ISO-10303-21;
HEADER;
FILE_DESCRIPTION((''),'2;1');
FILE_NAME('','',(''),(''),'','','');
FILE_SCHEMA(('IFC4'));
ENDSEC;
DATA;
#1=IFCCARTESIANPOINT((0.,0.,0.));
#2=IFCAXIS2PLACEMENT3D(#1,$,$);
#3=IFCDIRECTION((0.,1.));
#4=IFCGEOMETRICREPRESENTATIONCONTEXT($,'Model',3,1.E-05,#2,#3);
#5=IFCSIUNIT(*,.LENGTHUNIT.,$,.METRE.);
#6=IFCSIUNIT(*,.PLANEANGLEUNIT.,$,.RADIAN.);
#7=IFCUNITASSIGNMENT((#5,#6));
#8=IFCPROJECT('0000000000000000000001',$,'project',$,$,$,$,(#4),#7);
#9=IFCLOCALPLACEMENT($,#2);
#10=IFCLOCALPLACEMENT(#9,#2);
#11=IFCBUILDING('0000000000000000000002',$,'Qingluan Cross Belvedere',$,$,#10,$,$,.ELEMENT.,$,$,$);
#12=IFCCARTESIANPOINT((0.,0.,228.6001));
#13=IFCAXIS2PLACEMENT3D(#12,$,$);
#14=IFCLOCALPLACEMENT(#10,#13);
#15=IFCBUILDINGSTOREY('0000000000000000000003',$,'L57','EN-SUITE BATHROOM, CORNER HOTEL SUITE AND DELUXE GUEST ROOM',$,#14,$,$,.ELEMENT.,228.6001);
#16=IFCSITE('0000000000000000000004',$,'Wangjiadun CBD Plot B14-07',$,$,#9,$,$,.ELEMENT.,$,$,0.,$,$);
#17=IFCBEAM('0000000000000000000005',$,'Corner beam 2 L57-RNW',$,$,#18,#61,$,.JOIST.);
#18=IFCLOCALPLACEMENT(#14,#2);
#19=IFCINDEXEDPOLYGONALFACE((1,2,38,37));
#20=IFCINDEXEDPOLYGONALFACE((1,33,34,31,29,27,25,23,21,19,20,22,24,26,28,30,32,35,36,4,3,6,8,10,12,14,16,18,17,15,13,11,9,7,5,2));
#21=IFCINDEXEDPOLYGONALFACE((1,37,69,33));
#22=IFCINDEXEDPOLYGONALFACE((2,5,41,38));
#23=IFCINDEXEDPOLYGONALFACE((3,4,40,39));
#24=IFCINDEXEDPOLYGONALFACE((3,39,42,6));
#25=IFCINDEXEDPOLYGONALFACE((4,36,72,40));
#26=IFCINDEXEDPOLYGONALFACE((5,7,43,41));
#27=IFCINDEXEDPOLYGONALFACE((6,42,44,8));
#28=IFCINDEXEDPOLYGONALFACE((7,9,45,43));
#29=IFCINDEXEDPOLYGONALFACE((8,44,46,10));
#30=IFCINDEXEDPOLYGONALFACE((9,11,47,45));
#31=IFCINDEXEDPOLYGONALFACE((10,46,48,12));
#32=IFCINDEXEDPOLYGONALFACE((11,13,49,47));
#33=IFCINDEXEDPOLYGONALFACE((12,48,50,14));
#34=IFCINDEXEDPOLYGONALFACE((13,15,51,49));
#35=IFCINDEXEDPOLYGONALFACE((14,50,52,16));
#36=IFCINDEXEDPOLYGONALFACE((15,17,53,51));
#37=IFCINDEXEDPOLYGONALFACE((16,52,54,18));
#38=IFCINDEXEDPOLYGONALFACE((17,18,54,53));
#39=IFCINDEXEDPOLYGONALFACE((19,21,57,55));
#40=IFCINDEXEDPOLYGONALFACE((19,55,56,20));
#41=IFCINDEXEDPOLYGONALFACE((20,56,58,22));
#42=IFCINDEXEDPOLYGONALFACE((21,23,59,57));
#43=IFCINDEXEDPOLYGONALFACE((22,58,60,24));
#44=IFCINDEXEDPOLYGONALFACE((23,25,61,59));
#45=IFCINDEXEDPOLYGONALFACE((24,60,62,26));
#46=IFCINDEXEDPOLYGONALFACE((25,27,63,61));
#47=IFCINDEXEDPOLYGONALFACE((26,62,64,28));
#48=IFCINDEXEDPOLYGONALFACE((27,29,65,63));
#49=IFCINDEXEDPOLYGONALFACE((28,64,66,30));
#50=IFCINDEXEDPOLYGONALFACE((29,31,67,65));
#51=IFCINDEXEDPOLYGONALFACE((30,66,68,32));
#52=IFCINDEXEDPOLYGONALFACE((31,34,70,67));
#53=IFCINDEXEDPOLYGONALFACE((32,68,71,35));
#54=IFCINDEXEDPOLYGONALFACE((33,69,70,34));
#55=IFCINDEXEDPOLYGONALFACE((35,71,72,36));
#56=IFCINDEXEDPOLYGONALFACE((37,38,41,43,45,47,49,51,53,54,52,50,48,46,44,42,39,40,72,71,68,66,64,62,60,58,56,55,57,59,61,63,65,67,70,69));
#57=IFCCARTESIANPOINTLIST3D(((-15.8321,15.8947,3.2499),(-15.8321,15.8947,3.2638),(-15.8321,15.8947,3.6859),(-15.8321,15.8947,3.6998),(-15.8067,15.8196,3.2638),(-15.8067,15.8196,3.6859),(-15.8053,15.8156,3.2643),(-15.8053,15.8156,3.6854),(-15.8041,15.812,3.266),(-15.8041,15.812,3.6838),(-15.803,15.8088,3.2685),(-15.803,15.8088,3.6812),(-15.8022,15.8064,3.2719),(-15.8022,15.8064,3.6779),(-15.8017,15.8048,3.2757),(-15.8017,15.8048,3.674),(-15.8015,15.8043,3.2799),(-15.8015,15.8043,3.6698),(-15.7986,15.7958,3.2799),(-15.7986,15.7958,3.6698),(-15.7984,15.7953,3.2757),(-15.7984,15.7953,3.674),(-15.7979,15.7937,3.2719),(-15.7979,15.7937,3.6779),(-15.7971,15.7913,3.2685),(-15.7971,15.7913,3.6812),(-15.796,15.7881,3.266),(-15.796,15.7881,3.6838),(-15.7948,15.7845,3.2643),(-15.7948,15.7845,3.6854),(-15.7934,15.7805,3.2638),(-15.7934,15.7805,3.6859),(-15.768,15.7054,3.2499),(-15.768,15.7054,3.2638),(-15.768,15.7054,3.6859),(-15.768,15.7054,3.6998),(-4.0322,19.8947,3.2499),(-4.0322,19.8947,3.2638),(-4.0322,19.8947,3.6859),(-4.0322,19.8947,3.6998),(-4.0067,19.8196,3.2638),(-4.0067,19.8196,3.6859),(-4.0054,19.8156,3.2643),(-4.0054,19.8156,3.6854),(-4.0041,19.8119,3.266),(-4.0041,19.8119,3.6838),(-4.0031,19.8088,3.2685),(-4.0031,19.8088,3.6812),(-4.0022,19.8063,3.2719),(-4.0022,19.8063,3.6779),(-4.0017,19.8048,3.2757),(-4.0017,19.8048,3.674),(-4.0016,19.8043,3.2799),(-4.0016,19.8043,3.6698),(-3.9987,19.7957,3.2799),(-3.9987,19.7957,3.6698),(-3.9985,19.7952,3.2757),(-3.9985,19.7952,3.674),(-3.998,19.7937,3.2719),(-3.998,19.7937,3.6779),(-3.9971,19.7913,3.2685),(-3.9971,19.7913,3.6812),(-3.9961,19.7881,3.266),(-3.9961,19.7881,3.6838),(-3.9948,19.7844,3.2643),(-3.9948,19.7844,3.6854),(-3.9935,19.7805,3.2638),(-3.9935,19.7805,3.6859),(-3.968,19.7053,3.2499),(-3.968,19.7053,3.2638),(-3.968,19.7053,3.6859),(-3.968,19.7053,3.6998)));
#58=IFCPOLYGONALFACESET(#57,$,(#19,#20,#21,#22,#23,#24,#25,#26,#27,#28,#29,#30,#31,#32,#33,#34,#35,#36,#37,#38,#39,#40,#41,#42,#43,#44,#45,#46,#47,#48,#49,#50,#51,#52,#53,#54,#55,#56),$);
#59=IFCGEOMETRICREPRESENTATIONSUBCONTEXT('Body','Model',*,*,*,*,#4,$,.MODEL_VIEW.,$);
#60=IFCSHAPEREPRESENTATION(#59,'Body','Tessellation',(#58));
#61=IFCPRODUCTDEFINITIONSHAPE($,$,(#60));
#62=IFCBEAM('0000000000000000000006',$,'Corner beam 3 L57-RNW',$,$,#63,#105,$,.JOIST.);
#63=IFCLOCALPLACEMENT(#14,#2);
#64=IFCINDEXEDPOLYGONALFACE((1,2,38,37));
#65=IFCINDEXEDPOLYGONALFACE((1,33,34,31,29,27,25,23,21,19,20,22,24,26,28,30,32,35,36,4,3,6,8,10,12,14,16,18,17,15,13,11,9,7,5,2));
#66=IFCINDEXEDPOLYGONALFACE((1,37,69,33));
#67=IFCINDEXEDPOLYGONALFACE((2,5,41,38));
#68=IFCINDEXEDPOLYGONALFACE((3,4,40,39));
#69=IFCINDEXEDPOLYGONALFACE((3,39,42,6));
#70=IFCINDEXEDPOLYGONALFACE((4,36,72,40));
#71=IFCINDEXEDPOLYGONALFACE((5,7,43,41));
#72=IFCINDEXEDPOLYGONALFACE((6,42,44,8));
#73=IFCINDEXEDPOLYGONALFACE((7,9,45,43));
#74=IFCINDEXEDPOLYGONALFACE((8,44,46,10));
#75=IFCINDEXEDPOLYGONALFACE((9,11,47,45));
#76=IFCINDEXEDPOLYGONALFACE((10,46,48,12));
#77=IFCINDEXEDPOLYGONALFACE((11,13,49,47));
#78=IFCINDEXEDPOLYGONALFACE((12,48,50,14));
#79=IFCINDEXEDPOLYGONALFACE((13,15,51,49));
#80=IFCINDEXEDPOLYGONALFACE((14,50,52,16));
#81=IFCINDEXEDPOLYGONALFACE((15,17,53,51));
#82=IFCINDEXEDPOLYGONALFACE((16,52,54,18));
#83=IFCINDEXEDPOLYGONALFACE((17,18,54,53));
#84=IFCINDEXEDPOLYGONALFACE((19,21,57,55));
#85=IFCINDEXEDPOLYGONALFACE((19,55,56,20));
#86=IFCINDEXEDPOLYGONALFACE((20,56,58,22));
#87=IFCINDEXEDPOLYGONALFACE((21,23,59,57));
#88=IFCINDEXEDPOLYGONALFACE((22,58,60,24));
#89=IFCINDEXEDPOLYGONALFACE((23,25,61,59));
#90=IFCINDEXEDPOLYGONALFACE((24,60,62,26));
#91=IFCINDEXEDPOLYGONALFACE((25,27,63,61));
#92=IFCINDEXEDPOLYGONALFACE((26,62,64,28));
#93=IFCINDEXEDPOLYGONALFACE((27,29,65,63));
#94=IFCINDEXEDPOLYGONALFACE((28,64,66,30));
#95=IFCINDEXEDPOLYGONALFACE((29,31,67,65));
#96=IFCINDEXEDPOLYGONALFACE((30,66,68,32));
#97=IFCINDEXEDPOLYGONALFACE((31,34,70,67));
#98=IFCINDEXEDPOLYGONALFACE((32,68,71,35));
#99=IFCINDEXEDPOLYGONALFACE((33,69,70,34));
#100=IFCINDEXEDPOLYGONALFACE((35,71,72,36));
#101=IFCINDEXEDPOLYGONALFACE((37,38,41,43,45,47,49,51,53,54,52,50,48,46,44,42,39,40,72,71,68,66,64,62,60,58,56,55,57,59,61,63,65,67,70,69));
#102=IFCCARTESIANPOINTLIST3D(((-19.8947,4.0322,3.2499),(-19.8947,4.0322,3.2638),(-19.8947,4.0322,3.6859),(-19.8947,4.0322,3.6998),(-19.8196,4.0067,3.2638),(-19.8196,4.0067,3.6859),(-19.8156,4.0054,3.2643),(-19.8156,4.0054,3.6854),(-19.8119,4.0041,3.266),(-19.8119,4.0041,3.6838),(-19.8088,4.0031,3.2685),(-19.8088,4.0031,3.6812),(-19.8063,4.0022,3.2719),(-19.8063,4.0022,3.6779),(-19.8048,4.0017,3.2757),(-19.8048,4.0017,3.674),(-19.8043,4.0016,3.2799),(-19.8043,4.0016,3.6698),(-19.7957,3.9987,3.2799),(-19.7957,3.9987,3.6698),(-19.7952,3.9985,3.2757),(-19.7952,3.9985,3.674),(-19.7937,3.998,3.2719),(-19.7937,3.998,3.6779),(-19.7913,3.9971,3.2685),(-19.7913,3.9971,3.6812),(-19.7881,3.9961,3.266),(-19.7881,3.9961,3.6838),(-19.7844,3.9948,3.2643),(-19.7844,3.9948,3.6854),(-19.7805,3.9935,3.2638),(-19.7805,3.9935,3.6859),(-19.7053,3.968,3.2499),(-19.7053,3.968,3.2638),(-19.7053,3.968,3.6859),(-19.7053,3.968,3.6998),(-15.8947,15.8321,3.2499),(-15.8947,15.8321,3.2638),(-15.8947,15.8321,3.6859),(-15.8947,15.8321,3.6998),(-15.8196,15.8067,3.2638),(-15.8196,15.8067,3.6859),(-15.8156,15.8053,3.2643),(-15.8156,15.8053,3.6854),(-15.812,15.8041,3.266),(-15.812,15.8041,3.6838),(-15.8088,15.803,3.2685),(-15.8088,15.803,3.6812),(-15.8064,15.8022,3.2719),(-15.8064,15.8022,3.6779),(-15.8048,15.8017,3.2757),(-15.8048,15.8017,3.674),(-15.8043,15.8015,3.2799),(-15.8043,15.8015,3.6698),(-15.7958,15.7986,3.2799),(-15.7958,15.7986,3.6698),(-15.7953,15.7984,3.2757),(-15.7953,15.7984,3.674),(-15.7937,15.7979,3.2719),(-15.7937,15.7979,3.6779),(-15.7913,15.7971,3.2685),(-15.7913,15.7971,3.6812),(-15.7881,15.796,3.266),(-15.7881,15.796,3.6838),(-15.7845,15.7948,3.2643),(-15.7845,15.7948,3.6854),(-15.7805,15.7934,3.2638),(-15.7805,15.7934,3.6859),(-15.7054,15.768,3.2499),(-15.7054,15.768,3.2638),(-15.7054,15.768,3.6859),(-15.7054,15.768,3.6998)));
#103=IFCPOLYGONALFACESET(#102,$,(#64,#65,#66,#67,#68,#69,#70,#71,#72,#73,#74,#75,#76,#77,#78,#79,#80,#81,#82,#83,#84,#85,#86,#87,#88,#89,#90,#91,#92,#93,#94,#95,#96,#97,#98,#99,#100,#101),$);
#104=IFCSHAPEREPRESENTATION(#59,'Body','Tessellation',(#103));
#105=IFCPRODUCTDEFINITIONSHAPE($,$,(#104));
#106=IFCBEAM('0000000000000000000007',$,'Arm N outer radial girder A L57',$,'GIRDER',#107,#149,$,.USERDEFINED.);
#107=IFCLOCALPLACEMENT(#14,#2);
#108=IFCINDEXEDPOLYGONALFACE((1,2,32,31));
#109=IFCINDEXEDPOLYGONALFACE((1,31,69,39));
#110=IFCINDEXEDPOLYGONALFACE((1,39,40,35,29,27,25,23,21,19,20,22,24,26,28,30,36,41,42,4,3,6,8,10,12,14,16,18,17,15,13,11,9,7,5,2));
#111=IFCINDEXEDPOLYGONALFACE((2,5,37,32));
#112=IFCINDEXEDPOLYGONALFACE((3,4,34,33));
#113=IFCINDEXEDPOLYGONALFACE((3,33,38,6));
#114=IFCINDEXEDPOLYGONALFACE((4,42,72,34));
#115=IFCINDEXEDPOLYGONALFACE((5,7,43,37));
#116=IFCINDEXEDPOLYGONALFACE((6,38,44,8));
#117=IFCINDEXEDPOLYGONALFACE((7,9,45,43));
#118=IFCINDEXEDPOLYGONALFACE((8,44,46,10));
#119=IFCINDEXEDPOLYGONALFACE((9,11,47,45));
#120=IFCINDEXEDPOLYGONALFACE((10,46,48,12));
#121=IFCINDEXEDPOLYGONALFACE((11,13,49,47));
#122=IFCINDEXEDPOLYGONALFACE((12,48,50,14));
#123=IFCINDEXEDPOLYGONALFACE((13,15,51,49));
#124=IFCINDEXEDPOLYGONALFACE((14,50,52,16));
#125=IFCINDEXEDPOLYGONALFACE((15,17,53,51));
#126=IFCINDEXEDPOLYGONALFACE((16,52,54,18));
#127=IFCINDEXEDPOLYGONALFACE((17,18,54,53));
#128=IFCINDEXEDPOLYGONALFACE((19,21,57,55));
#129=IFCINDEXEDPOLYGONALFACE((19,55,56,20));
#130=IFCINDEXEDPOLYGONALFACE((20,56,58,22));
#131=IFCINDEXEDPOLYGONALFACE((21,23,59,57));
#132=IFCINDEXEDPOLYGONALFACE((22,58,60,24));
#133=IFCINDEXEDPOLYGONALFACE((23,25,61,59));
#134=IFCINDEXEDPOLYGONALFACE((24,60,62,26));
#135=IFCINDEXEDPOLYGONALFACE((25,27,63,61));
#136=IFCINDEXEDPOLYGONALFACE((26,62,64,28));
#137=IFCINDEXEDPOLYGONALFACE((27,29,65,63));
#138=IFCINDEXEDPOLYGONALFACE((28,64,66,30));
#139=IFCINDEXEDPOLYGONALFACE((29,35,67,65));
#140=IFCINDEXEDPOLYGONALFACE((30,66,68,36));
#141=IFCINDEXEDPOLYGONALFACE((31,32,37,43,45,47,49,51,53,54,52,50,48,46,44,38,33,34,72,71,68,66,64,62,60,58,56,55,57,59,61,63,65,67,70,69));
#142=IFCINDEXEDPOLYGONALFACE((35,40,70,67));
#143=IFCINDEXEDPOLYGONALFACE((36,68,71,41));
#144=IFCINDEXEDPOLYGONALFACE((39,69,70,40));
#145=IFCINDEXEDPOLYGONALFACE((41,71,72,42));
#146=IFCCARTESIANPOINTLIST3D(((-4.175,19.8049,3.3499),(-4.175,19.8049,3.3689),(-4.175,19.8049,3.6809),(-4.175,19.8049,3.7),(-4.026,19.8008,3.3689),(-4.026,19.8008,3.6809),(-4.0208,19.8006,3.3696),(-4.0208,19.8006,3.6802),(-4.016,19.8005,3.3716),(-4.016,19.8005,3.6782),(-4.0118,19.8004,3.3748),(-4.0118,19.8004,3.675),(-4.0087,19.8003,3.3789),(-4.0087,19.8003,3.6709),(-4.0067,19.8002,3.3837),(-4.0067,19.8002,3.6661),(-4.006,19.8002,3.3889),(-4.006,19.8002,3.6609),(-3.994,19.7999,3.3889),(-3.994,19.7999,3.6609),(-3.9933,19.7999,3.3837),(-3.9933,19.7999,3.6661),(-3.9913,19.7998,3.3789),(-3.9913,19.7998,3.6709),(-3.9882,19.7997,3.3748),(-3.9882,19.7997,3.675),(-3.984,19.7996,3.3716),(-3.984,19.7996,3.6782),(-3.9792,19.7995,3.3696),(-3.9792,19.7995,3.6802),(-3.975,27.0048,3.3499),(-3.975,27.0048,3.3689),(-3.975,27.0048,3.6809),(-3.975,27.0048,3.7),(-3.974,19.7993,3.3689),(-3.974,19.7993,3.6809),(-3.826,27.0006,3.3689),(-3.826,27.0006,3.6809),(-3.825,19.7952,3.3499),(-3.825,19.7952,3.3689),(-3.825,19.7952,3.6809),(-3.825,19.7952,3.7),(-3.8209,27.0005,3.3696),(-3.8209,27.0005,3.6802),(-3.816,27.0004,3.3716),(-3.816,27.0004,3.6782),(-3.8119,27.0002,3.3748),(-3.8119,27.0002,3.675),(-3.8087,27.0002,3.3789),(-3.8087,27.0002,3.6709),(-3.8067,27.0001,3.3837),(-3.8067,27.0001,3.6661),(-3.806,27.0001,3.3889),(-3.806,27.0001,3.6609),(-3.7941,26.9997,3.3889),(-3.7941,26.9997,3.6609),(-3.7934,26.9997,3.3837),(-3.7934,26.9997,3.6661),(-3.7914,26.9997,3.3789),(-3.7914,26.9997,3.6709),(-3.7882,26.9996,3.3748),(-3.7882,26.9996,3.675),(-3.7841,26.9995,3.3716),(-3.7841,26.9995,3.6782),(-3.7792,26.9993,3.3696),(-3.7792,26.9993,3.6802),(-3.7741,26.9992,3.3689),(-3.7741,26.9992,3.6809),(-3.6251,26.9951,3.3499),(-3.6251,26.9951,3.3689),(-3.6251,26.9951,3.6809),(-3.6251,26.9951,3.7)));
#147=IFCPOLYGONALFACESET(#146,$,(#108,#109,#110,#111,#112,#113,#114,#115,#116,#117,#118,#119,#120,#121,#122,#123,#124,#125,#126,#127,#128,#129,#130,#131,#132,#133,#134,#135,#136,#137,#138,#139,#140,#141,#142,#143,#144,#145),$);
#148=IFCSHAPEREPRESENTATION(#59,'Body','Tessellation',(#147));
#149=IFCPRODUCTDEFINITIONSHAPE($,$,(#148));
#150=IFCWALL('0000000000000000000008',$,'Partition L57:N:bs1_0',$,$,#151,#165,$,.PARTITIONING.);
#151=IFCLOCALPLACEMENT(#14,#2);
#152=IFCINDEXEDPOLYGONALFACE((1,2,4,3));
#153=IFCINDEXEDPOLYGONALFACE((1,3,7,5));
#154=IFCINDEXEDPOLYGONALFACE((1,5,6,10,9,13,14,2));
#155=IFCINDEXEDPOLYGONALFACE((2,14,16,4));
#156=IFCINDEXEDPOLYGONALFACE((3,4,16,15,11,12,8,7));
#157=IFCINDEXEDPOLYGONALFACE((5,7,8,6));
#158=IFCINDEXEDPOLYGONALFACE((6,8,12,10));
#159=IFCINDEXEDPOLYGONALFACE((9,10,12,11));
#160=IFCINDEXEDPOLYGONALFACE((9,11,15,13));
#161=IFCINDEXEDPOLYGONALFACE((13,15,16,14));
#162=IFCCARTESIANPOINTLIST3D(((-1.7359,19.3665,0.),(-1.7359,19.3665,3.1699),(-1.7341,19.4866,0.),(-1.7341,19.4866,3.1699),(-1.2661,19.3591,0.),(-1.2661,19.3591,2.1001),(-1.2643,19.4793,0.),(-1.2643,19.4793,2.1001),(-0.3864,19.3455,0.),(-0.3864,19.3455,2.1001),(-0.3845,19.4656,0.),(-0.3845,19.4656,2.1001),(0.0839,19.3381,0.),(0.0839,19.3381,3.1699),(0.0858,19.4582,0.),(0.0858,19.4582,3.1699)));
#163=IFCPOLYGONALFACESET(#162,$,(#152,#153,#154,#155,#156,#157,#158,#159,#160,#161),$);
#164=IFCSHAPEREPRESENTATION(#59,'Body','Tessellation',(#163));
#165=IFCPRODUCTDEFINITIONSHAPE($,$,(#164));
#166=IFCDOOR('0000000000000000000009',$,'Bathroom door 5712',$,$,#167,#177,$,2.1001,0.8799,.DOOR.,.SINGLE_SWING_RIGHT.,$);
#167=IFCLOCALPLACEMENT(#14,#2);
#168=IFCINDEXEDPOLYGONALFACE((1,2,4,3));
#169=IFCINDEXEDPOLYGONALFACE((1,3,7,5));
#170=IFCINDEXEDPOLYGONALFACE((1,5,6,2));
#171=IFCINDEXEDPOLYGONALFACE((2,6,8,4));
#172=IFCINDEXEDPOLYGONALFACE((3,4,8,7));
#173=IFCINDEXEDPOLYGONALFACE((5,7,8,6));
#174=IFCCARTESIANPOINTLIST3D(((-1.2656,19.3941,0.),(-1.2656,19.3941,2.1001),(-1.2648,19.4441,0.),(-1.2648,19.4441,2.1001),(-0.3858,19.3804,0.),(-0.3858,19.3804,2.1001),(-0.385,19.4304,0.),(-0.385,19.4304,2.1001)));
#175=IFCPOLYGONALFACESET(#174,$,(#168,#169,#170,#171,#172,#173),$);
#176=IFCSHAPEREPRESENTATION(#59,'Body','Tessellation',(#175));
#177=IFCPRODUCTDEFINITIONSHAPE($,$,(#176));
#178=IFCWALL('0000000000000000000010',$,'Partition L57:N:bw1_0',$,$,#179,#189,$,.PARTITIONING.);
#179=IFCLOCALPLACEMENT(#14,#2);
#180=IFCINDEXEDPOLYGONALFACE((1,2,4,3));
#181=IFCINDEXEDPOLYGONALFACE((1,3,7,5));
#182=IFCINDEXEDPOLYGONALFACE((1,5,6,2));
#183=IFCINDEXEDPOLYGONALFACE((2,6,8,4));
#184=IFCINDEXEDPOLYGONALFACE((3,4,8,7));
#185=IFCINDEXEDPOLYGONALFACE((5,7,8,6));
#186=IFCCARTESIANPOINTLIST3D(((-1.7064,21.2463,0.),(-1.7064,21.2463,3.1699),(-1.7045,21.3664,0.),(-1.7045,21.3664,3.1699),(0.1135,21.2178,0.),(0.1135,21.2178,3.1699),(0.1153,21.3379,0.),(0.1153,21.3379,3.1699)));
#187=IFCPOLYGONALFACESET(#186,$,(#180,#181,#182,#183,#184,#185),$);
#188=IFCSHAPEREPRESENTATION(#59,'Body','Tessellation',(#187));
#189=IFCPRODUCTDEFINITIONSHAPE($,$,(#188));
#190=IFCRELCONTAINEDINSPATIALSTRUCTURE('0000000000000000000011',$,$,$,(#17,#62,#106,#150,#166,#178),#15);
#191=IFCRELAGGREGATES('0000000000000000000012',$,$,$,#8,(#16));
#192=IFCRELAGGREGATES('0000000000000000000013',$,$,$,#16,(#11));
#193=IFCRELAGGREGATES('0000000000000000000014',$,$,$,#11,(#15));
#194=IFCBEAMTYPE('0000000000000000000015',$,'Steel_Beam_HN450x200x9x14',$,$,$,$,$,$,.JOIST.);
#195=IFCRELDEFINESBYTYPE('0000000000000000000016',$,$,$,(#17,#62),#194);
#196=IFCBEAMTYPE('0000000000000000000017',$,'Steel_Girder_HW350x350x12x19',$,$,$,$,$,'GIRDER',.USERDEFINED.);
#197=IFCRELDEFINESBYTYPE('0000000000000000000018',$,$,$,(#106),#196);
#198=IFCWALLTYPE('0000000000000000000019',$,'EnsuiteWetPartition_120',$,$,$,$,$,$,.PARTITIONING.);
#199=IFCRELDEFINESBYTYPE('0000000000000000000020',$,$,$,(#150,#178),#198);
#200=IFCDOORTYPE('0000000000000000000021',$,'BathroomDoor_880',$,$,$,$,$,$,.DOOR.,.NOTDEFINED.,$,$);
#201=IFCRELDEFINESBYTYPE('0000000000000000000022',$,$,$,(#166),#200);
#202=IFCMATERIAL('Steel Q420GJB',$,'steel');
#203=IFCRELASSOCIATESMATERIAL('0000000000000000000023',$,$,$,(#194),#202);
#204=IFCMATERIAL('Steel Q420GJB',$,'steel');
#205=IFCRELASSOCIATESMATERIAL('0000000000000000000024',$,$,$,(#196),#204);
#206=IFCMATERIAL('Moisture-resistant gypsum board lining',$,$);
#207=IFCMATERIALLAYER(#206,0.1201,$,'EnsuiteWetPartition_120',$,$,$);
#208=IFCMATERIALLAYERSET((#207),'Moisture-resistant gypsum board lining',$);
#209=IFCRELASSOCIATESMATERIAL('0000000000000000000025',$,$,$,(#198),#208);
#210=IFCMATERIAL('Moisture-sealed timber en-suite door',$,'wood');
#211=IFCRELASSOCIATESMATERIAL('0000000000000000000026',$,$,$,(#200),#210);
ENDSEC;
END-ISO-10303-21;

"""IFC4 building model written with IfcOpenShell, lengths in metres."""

from ifc_helpers import new_model, si_unit, direction, frame, frame_2d, origin, origin_2d, place, context, subcontext, project, spatial, rectangle, i_section, extrude, material, layer, layer_set, material_profile, profile_set, type_object, element, fill, save


model = new_model("IFC4")

# Units and contexts
model_context = context("Model", 3, precision=1e-05, world=origin(), true_north=direction((0.0, 1.0)))
body_context = subcontext(model_context, "Body", "Model", "MODEL_VIEW")
ifc_project = project(units=[si_unit("LENGTHUNIT", "METRE"), si_unit("PLANEANGLEUNIT", "RADIAN")], contexts=[model_context])

# Site, building, storey
site_placement = place(None, origin())
site = spatial("IfcSite", under=ifc_project, at=site_placement, Name="Wangjiadun CBD Plot B14-07", CompositionType="ELEMENT", RefElevation=0.0)
building_placement = place(site_placement, origin())
building = spatial("IfcBuilding", under=site, at=building_placement, Name="Qingluan Cross Belvedere", CompositionType="ELEMENT")
storey_placement = place(building_placement, frame((0.0, 0.0, 228.6001)))
storey = spatial("IfcBuildingStorey", under=building, at=storey_placement, Name="L57", Description="EN-SUITE BATHROOM, CORNER HOTEL SUITE AND DELUXE GUEST ROOM", CompositionType="ELEMENT", Elevation=228.6001)

# Beams
ifc_material_1 = material(Name="Steel Q420GJB", Category="steel")
ifc_material_profile_1 = material_profile(ifc_material_1, i_section(OverallWidth=0.2, OverallDepth=0.45, WebThickness=0.009, FlangeThickness=0.0139, FilletRadius=0.0161, at=origin_2d()), Name="HN450x200x9x14")
ifc_profile_set_1 = profile_set([ifc_material_profile_1], Name="Steel Q420GJB")
beam_type_1 = type_object("IfcBeamType", Name="Steel_Beam_HN450x200x9x14", PredefinedType="JOIST", material=ifc_profile_set_1)
for number, where, z_axis, x_axis, name in (
    (1, (-15.8, 15.8, 3.4749), (0.947066, 0.321038, 0.0), (-0.321038, 0.947066, 0.0), "Corner beam 2 L57-RNW"),
    (2, (-15.8, 15.8, 3.4749), (-0.321038, -0.947066, 0.0), (0.947066, -0.321038, 0.0), "Corner beam 3 L57-RNW"),
):
    element("IfcBeam", number, at=place(storey_placement, frame(where, z_axis=z_axis, x_axis=x_axis)), inside=storey, type_object=beam_type_1, Name=name, PredefinedType="JOIST", context=body_context, shape_type="SweptSolid", body=[
        extrude(i_section(OverallWidth=0.2, OverallDepth=0.45, WebThickness=0.009, FlangeThickness=0.0139, FilletRadius=0.0161, at=origin_2d()), origin(), (0.0, 0.0, 1.0), 12.4595),
    ])
ifc_material_2 = material(Name="Steel Q420GJB", Category="steel")
ifc_material_profile_2 = material_profile(ifc_material_2, i_section(OverallWidth=0.3501, OverallDepth=0.3501, WebThickness=0.012, FlangeThickness=0.019, FilletRadius=0.02, at=origin_2d()), Name="HW350x350x12x19")
ifc_profile_set_2 = profile_set([ifc_material_profile_2], Name="Steel Q420GJB")
beam_type_2 = type_object("IfcBeamType", Name="Steel_Girder_HW350x350x12x19", ElementType="GIRDER", PredefinedType="USERDEFINED", material=ifc_profile_set_2)
beam_1_placement = place(storey_placement, frame((-4.0, 19.8, 3.5249), z_axis=(0.02776, 0.999615, 0.0), x_axis=(-0.999615, 0.02776, 0.0)))
element("IfcBeam", 3, at=beam_1_placement, inside=storey, type_object=beam_type_2, Name="Arm N outer radial girder A L57", ObjectType="GIRDER", PredefinedType="USERDEFINED", context=body_context, shape_type="SweptSolid", body=[
    extrude(i_section(OverallWidth=0.3501, OverallDepth=0.3501, WebThickness=0.012, FlangeThickness=0.019, FilletRadius=0.02, at=origin_2d()), origin(), (0.0, 0.0, 1.0), 7.2026),
])

# Wall, opening, door
ifc_material_3 = material(Name="Moisture-resistant gypsum board lining")
ifc_layer_1 = layer(ifc_material_3, 0.1201, Name="EnsuiteWetPartition_120")
ifc_layer_set_1 = layer_set([ifc_layer_1], Name="Moisture-resistant gypsum board lining")
wall_type_1 = type_object("IfcWallType", Name="EnsuiteWetPartition_120", PredefinedType="PARTITIONING", material=ifc_layer_set_1)
wall_1_placement = place(storey_placement, frame((-1.7351, 19.4265, 0.0), z_axis=(0.0, 0.0, 1.0), x_axis=(0.999879, -0.01556, 0.0)))
wall_1 = element("IfcWall", 4, at=wall_1_placement, inside=storey, type_object=wall_type_1, Name="Partition L57:N:bs1_0", PredefinedType="PARTITIONING", context=body_context, shape_type="SweptSolid", body=[
    extrude(rectangle(XDim=1.8201, YDim=0.1201, at=frame_2d((0.9102, 0.0))), origin(), (0.0, 0.0, 1.0), 3.1699),
])
opening_1_placement = place(wall_1_placement, frame((0.47, 0.0, 0.0)))
opening_1 = element("IfcOpeningElement", 5, at=opening_1_placement, cuts=wall_1, PredefinedType="OPENING", context=body_context, shape_type="SweptSolid", body=[
    extrude(rectangle(XDim=0.8799, YDim=2.1001, at=frame_2d((0.4399, 1.05))), frame((0.0, 0.0701, 0.0), z_axis=(0.0, -1.0, 0.0), x_axis=(1.0, 0.0, 0.0)), (0.0, 0.0, 1.0), 0.1401),
])
ifc_material_4 = material(Name="Moisture-sealed timber en-suite door", Category="wood")
door_type = type_object("IfcDoorType", Name="BathroomDoor_880", OperationType="NOTDEFINED", PredefinedType="DOOR", material=ifc_material_4)
door_1_placement = place(opening_1_placement, origin())
door_1 = element("IfcDoor", 6, at=door_1_placement, inside=storey, type_object=door_type, Name="Bathroom door 5712", OperationType="SINGLE_SWING_RIGHT", OverallHeight=2.1001, OverallWidth=0.8799, PredefinedType="DOOR", context=body_context, shape_type="SweptSolid", body=[
    extrude(rectangle(XDim=0.8799, YDim=2.1001, at=frame_2d((0.4399, 1.05))), frame((0.0, 0.0249, 0.0), z_axis=(0.0, -1.0, 0.0), x_axis=(1.0, 0.0, 0.0)), (0.0, 0.0, 1.0), 0.05),
])
fill(opening_1, door_1)

# Wall
wall_2_placement = place(storey_placement, frame((-1.7056, 21.3064, 0.0), z_axis=(0.0, 0.0, 1.0), x_axis=(0.999877, -0.015694, 0.0)))
element("IfcWall", 7, at=wall_2_placement, inside=storey, type_object=wall_type_1, Name="Partition L57:N:bw1_0", PredefinedType="PARTITIONING", context=body_context, shape_type="SweptSolid", body=[
    extrude(rectangle(XDim=1.8201, YDim=0.1201, at=frame_2d((0.9102, 0.0))), origin(), (0.0, 0.0, 1.0), 3.1699),
])

save(model, "model.ifc")
